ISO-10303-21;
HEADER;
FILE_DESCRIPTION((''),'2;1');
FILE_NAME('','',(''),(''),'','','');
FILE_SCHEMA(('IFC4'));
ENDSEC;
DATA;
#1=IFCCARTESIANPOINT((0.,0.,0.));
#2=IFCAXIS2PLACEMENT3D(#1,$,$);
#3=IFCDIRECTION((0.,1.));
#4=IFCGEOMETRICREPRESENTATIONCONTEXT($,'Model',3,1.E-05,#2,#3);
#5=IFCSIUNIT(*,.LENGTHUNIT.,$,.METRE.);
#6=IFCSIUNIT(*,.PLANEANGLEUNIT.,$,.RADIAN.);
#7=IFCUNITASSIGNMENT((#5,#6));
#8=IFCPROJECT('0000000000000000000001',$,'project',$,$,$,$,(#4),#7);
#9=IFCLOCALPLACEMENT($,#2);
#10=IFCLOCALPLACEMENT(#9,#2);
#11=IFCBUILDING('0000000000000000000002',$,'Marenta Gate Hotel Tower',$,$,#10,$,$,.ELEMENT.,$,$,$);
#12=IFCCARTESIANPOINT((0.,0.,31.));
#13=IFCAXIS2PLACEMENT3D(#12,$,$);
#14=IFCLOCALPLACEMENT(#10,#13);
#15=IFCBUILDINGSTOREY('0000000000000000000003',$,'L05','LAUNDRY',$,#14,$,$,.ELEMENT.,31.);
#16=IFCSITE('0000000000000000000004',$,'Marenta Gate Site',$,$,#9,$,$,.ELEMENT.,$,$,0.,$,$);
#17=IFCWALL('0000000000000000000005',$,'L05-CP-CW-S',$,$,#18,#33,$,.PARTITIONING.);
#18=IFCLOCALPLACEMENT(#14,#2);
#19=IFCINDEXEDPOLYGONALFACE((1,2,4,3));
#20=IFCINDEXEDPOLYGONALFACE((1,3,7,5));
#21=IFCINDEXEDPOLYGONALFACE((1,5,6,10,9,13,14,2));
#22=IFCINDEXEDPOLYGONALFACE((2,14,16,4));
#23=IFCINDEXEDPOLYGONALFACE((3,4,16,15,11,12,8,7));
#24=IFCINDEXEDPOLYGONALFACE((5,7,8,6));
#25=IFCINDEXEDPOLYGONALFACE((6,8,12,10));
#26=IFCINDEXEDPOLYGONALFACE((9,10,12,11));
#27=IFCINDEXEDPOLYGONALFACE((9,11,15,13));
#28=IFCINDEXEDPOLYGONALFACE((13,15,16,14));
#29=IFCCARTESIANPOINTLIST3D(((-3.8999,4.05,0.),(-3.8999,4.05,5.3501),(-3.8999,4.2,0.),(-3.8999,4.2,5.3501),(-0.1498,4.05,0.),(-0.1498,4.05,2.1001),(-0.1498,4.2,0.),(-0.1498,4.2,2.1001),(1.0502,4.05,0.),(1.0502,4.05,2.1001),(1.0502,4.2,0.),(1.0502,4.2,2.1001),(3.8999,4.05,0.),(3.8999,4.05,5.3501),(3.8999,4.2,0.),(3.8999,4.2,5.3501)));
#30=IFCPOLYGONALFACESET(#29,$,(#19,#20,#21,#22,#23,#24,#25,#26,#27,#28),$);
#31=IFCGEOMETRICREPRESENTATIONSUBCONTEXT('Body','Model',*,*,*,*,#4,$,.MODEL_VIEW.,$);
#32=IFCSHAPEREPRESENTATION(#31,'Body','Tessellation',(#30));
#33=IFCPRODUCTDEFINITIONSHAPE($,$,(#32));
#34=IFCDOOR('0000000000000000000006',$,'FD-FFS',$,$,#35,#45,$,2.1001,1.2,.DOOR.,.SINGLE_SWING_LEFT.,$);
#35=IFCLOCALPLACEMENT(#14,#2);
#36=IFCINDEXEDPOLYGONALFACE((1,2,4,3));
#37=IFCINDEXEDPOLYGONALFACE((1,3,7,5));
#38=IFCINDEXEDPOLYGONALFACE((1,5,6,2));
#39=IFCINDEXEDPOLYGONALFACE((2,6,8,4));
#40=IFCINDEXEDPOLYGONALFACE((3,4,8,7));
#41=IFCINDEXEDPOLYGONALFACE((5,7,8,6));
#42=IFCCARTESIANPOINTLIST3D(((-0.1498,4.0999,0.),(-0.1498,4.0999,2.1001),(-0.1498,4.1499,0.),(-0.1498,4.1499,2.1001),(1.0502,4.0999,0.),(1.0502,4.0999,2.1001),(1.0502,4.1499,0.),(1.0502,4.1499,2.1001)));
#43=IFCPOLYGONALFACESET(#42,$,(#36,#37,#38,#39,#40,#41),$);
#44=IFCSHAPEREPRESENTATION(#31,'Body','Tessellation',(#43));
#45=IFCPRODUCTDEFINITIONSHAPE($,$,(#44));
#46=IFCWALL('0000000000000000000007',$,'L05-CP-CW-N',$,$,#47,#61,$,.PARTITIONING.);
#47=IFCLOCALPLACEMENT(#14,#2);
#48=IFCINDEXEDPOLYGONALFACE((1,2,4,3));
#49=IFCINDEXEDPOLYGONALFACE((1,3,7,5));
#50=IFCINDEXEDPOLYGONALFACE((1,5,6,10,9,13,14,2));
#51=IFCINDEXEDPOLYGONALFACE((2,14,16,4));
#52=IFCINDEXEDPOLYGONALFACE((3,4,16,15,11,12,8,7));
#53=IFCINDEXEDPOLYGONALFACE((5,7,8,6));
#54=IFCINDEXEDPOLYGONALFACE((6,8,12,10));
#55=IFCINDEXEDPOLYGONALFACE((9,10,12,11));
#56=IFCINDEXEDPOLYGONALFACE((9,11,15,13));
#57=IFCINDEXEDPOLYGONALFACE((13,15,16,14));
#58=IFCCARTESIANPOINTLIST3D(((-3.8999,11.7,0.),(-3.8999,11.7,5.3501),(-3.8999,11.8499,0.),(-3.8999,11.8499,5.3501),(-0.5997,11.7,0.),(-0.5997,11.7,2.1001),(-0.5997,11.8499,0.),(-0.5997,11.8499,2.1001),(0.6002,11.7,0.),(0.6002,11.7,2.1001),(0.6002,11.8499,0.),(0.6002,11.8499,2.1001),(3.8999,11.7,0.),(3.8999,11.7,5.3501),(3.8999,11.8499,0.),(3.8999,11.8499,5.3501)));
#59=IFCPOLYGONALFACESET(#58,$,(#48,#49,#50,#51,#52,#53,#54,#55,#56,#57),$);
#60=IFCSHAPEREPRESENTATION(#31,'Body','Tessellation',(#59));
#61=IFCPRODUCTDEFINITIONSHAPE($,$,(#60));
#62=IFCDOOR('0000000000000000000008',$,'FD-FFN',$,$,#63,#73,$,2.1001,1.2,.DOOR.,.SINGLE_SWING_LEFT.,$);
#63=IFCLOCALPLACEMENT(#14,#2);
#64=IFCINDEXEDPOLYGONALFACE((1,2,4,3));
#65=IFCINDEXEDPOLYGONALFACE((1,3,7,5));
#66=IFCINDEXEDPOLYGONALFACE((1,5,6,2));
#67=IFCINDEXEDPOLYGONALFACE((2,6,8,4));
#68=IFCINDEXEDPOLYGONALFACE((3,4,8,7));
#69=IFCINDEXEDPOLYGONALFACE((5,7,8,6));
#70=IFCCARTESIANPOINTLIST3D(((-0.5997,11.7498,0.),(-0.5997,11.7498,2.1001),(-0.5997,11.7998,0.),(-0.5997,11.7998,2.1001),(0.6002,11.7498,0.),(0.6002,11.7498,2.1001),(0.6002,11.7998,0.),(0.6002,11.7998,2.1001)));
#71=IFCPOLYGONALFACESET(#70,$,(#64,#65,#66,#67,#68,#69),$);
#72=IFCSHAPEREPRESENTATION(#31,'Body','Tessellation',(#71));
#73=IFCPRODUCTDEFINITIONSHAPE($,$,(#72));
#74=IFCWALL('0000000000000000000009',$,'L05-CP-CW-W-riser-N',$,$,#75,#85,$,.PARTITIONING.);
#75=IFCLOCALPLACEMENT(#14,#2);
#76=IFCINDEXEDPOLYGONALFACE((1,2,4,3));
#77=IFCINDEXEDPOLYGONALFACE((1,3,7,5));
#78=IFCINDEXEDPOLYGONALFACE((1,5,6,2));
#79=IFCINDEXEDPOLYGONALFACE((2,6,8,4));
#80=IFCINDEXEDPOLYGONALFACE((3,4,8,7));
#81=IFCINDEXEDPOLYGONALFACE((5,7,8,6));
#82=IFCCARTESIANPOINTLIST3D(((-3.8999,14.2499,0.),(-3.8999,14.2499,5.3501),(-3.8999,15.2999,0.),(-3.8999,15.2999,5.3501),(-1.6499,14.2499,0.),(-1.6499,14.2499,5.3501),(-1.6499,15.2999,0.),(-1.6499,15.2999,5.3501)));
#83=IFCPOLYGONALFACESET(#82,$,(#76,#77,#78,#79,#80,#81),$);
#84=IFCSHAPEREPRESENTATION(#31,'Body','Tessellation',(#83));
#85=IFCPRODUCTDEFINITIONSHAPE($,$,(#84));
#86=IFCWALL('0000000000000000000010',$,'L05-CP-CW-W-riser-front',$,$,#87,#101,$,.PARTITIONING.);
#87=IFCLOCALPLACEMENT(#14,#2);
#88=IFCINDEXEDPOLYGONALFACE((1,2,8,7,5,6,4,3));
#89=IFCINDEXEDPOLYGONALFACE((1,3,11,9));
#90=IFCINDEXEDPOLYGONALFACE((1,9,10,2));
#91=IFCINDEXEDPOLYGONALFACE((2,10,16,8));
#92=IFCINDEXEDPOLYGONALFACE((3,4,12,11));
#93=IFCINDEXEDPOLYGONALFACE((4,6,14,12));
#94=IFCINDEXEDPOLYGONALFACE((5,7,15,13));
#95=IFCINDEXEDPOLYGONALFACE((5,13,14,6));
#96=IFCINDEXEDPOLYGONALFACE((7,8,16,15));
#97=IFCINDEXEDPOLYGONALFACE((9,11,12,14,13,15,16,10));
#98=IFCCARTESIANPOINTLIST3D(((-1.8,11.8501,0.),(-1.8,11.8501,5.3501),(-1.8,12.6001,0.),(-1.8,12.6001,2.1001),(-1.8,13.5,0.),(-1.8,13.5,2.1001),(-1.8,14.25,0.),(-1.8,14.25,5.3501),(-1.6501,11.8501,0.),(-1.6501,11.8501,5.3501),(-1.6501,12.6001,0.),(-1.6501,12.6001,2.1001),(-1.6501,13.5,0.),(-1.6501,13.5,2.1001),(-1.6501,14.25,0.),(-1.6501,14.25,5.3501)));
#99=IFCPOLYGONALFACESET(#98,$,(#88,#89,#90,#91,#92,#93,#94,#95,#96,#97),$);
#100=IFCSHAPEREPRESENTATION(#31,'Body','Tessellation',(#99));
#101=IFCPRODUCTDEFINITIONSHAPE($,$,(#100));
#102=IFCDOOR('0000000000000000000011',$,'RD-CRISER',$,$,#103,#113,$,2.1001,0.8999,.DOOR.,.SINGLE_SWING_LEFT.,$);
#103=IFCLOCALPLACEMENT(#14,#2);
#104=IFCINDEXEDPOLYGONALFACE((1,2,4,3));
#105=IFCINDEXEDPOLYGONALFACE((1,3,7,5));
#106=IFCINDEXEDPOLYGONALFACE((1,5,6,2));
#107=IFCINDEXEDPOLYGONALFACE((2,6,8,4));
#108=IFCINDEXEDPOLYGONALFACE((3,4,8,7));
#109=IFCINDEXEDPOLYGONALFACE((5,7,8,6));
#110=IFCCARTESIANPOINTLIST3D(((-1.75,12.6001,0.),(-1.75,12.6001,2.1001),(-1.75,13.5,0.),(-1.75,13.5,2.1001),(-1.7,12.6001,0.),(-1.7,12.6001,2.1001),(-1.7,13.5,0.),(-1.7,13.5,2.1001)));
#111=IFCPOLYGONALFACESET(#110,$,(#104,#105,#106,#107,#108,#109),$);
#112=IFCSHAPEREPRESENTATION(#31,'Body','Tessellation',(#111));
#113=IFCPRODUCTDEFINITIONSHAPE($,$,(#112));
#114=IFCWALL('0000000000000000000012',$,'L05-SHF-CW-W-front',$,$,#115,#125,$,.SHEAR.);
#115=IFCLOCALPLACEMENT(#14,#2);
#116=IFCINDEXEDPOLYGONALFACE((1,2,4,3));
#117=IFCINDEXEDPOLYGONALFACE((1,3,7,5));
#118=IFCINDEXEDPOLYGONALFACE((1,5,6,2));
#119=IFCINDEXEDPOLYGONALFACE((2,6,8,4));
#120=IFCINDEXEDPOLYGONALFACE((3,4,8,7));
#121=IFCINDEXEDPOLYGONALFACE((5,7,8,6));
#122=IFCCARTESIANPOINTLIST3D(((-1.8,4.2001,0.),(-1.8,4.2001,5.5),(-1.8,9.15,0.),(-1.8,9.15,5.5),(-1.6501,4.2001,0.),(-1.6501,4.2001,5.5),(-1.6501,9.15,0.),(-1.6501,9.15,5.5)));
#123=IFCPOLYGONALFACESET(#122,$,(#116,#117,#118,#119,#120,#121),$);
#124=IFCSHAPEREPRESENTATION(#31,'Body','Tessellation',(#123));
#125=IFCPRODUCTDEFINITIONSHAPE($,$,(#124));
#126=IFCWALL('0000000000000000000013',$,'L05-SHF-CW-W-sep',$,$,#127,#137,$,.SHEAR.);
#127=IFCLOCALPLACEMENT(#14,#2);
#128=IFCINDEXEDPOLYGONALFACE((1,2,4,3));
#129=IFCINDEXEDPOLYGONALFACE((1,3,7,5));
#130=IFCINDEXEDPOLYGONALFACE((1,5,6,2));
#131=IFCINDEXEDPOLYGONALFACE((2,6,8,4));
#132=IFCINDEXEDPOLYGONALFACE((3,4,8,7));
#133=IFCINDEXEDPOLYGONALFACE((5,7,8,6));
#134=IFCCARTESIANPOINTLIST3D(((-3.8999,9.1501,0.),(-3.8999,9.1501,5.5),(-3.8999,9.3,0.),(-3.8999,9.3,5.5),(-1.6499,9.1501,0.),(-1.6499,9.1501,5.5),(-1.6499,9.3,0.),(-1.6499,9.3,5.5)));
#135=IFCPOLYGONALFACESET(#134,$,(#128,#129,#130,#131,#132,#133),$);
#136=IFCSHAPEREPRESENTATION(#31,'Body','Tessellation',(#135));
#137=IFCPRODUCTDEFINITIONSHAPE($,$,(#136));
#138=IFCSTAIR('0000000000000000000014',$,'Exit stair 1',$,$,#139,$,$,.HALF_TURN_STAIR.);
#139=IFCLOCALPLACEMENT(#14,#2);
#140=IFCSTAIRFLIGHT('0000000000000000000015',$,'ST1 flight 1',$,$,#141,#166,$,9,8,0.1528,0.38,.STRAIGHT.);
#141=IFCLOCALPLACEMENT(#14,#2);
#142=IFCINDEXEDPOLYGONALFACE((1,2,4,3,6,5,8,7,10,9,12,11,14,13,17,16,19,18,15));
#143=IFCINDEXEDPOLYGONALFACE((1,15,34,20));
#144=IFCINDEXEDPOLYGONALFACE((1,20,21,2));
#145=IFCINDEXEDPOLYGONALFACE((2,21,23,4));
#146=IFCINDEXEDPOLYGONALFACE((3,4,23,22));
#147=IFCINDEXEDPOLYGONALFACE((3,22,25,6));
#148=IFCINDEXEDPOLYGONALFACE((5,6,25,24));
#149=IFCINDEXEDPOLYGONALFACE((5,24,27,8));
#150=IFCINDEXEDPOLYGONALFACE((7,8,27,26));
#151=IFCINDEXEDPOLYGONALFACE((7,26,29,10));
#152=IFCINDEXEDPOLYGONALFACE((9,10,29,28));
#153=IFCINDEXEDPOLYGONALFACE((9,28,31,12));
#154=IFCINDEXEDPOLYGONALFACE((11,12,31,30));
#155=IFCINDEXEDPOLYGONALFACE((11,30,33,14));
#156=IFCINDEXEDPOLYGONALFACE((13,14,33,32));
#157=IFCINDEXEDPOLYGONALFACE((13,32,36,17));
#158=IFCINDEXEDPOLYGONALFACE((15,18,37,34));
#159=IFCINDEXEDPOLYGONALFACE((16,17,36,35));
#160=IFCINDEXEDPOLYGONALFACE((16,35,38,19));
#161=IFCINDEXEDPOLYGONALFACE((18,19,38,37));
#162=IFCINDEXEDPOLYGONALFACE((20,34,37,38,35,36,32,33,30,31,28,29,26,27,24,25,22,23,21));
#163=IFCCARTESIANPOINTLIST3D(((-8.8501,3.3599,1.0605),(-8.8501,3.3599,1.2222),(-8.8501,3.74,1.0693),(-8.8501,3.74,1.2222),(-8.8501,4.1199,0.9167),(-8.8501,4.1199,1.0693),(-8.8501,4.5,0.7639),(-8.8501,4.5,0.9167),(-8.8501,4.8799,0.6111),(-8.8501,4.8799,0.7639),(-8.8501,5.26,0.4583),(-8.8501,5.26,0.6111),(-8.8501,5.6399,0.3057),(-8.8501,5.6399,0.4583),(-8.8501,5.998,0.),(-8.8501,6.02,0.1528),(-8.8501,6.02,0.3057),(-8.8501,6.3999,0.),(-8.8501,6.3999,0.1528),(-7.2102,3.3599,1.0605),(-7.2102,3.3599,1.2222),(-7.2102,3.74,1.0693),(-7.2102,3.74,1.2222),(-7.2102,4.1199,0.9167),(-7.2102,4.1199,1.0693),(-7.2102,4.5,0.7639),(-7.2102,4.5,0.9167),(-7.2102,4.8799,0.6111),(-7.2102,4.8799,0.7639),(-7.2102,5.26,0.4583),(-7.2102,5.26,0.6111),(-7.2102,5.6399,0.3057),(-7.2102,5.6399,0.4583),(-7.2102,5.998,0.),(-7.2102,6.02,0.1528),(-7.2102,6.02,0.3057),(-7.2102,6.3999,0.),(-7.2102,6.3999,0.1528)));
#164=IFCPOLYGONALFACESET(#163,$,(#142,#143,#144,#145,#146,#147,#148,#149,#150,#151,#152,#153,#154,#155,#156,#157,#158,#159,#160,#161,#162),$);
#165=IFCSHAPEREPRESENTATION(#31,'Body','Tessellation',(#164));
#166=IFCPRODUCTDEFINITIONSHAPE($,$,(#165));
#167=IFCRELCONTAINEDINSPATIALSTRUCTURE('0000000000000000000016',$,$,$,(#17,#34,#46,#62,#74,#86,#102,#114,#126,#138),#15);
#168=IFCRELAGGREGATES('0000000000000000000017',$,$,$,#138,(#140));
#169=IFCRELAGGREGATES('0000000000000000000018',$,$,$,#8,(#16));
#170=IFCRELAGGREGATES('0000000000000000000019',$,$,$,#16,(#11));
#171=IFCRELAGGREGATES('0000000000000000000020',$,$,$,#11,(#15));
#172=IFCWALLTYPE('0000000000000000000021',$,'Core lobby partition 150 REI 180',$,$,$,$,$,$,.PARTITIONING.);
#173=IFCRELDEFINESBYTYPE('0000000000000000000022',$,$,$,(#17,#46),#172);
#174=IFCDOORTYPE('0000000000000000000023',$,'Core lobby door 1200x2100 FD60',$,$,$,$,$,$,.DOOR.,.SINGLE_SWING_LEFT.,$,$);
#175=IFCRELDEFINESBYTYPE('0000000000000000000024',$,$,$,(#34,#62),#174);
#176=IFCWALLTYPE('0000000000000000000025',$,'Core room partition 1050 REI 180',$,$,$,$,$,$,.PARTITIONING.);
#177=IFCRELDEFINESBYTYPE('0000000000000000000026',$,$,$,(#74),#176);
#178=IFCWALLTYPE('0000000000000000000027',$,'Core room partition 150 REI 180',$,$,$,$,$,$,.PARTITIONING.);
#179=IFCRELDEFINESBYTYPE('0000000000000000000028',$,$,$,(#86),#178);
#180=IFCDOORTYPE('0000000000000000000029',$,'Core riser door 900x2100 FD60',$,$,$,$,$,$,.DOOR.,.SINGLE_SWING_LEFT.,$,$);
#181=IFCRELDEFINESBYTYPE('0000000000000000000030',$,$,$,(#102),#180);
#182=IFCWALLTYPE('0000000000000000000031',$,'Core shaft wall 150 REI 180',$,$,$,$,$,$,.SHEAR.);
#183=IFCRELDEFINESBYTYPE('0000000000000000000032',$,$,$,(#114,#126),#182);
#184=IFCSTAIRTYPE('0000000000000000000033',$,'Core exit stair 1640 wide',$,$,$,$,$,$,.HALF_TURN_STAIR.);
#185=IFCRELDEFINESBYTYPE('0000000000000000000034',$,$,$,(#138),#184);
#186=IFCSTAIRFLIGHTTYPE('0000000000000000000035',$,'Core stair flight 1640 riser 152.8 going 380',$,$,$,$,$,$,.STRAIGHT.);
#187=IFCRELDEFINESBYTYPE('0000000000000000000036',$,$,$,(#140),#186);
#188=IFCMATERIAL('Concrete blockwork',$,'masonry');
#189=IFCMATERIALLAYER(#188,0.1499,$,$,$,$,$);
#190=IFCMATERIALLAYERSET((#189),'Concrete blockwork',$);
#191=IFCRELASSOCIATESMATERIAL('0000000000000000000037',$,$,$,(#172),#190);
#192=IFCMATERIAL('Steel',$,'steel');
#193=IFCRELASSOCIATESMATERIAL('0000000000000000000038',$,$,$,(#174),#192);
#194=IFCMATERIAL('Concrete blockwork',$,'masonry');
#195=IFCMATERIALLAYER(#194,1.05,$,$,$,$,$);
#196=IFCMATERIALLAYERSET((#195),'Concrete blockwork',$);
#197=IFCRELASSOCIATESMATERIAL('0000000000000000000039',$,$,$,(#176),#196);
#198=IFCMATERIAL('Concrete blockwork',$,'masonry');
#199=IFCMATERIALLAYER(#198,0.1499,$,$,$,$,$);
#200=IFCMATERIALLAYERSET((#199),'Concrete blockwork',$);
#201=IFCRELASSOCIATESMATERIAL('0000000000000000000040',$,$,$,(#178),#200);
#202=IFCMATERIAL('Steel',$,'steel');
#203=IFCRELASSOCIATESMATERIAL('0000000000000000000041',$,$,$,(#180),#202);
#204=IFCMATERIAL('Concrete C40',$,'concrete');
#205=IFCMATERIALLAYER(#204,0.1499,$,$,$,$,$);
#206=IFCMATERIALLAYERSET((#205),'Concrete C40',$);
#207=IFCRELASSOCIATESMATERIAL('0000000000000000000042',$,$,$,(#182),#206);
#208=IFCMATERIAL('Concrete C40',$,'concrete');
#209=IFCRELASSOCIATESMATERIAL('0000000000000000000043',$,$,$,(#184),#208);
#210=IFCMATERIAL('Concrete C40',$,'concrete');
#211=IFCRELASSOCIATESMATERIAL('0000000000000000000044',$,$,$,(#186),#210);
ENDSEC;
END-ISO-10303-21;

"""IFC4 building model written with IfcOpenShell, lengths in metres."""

from ifc_helpers import new_model, si_unit, direction, frame, frame_2d, origin, place, context, subcontext, project, spatial, polyline, rectangle, outline, extrude, material, layer, layer_set, type_object, element, fill, aggregate, save


model = new_model("IFC4")

# Units and contexts
model_context = context("Model", 3, precision=1e-05, world=origin(), true_north=direction((0.0, 1.0)))
body_context = subcontext(model_context, "Body", "Model", "MODEL_VIEW")
ifc_project = project(units=[si_unit("LENGTHUNIT", "METRE"), si_unit("PLANEANGLEUNIT", "RADIAN")], contexts=[model_context])

# Site, building, storey
site_placement = place(None, origin())
site = spatial("IfcSite", under=ifc_project, at=site_placement, Name="Marenta Gate Site", CompositionType="ELEMENT", RefElevation=0.0)
building_placement = place(site_placement, origin())
building = spatial("IfcBuilding", under=site, at=building_placement, Name="Marenta Gate Hotel Tower", CompositionType="ELEMENT")
storey_placement = place(building_placement, frame((0.0, 0.0, 31.0)))
storey = spatial("IfcBuildingStorey", under=building, at=storey_placement, Name="L05", Description="LAUNDRY", CompositionType="ELEMENT", Elevation=31.0)

# Walls, openings, doors
ifc_material_1 = material(Name="Concrete blockwork", Category="masonry")
ifc_layer_1 = layer(ifc_material_1, 0.1499)
ifc_layer_set_1 = layer_set([ifc_layer_1], Name="Concrete blockwork")
wall_type_1 = type_object("IfcWallType", Name="Core lobby partition 150 REI 180", PredefinedType="PARTITIONING", material=ifc_layer_set_1)
wall_1_placement = place(storey_placement, frame((-3.8999, 4.125, 0.0), z_axis=(0.0, 0.0, 1.0), x_axis=(1.0, 0.0, 0.0)))
wall_1 = element("IfcWall", 1, at=wall_1_placement, inside=storey, type_object=wall_type_1, Name="L05-CP-CW-S", PredefinedType="PARTITIONING", context=body_context, shape_type="SweptSolid", body=[
    extrude(rectangle(XDim=7.7998, YDim=0.1499, at=frame_2d((3.8999, 0.0))), origin(), (0.0, 0.0, 1.0), 5.3501),
])
opening_1_placement = place(wall_1_placement, frame((3.75, 0.0, 0.0)))
opening_1 = element("IfcOpeningElement", 2, at=opening_1_placement, cuts=wall_1, PredefinedType="OPENING", context=body_context, shape_type="SweptSolid", body=[
    extrude(rectangle(XDim=1.2, YDim=2.1001, at=frame_2d((0.6001, 1.05))), frame((0.0, 0.075, 0.0), z_axis=(0.0, -1.0, 0.0), x_axis=(1.0, 0.0, 0.0)), (0.0, 0.0, 1.0), 0.1499),
])
ifc_material_2 = material(Name="Steel", Category="steel")
door_type_1 = type_object("IfcDoorType", Name="Core lobby door 1200x2100 FD60", OperationType="SINGLE_SWING_LEFT", PredefinedType="DOOR", material=ifc_material_2)
door_1_placement = place(opening_1_placement, origin())
door_1 = element("IfcDoor", 3, at=door_1_placement, inside=storey, type_object=door_type_1, Name="FD-FFS", OperationType="SINGLE_SWING_LEFT", OverallHeight=2.1001, OverallWidth=1.2, PredefinedType="DOOR", context=body_context, shape_type="SweptSolid", body=[
    extrude(rectangle(XDim=1.2, YDim=2.1001, at=frame_2d((0.6001, 1.05))), frame((0.0, 0.0249, 0.0), z_axis=(0.0, -1.0, 0.0), x_axis=(1.0, 0.0, 0.0)), (0.0, 0.0, 1.0), 0.05),
])
fill(opening_1, door_1)
wall_2_placement = place(storey_placement, frame((-3.8999, 11.7749, 0.0), z_axis=(0.0, 0.0, 1.0), x_axis=(1.0, 0.0, 0.0)))
wall_2 = element("IfcWall", 4, at=wall_2_placement, inside=storey, type_object=wall_type_1, Name="L05-CP-CW-N", PredefinedType="PARTITIONING", context=body_context, shape_type="SweptSolid", body=[
    extrude(rectangle(XDim=7.7998, YDim=0.1499, at=frame_2d((3.8999, 0.0))), origin(), (0.0, 0.0, 1.0), 5.3501),
])
opening_2_placement = place(wall_2_placement, frame((3.3, 0.0, 0.0)))
opening_2 = element("IfcOpeningElement", 5, at=opening_2_placement, cuts=wall_2, PredefinedType="OPENING", context=body_context, shape_type="SweptSolid", body=[
    extrude(rectangle(XDim=1.2, YDim=2.1001, at=frame_2d((0.6001, 1.05))), frame((0.0, 0.075, 0.0), z_axis=(0.0, -1.0, 0.0), x_axis=(1.0, 0.0, 0.0)), (0.0, 0.0, 1.0), 0.1499),
])
door_2_placement = place(opening_2_placement, origin())
door_2 = element("IfcDoor", 6, at=door_2_placement, inside=storey, type_object=door_type_1, Name="FD-FFN", OperationType="SINGLE_SWING_LEFT", OverallHeight=2.1001, OverallWidth=1.2, PredefinedType="DOOR", context=body_context, shape_type="SweptSolid", body=[
    extrude(rectangle(XDim=1.2, YDim=2.1001, at=frame_2d((0.6001, 1.05))), frame((0.0, 0.0249, 0.0), z_axis=(0.0, -1.0, 0.0), x_axis=(1.0, 0.0, 0.0)), (0.0, 0.0, 1.0), 0.05),
])
fill(opening_2, door_2)

# Wall
ifc_material_3 = material(Name="Concrete blockwork", Category="masonry")
ifc_layer_2 = layer(ifc_material_3, 1.05)
ifc_layer_set_2 = layer_set([ifc_layer_2], Name="Concrete blockwork")
wall_type_2 = type_object("IfcWallType", Name="Core room partition 1050 REI 180", PredefinedType="PARTITIONING", material=ifc_layer_set_2)
wall_3_placement = place(storey_placement, frame((-3.8999, 14.7749, 0.0), z_axis=(0.0, 0.0, 1.0), x_axis=(1.0, 0.0, 0.0)))
element("IfcWall", 7, at=wall_3_placement, inside=storey, type_object=wall_type_2, Name="L05-CP-CW-W-riser-N", PredefinedType="PARTITIONING", context=body_context, shape_type="SweptSolid", body=[
    extrude(rectangle(XDim=2.25, YDim=1.05, at=frame_2d((1.125, 0.0))), origin(), (0.0, 0.0, 1.0), 5.3501),
])

# Wall, opening, door
ifc_material_4 = material(Name="Concrete blockwork", Category="masonry")
ifc_layer_3 = layer(ifc_material_4, 0.1499)
ifc_layer_set_3 = layer_set([ifc_layer_3], Name="Concrete blockwork")
wall_type_3 = type_object("IfcWallType", Name="Core room partition 150 REI 180", PredefinedType="PARTITIONING", material=ifc_layer_set_3)
wall_4_placement = place(storey_placement, frame((-1.7251, 11.8501, 0.0), z_axis=(0.0, 0.0, 1.0), x_axis=(0.0, 1.0, 0.0)))
wall_4 = element("IfcWall", 8, at=wall_4_placement, inside=storey, type_object=wall_type_3, Name="L05-CP-CW-W-riser-front", PredefinedType="PARTITIONING", context=body_context, shape_type="SweptSolid", body=[
    extrude(rectangle(XDim=2.3999, YDim=0.1499, at=frame_2d((1.2, 0.0))), origin(), (0.0, 0.0, 1.0), 5.3501),
])
opening_3_placement = place(wall_4_placement, frame((0.75, 0.0, 0.0)))
opening_3 = element("IfcOpeningElement", 9, at=opening_3_placement, cuts=wall_4, PredefinedType="OPENING", context=body_context, shape_type="SweptSolid", body=[
    extrude(rectangle(XDim=0.8999, YDim=2.1001, at=frame_2d((0.45, 1.05))), frame((0.0, 0.075, 0.0), z_axis=(0.0, -1.0, 0.0), x_axis=(1.0, 0.0, 0.0)), (0.0, 0.0, 1.0), 0.1499),
])
ifc_material_5 = material(Name="Steel", Category="steel")
door_type_2 = type_object("IfcDoorType", Name="Core riser door 900x2100 FD60", OperationType="SINGLE_SWING_LEFT", PredefinedType="DOOR", material=ifc_material_5)
door_3_placement = place(opening_3_placement, origin())
door_3 = element("IfcDoor", 10, at=door_3_placement, inside=storey, type_object=door_type_2, Name="RD-CRISER", OperationType="SINGLE_SWING_LEFT", OverallHeight=2.1001, OverallWidth=0.8999, PredefinedType="DOOR", context=body_context, shape_type="SweptSolid", body=[
    extrude(rectangle(XDim=0.8999, YDim=2.1001, at=frame_2d((0.45, 1.05))), frame((0.0, 0.0249, 0.0), z_axis=(0.0, -1.0, 0.0), x_axis=(1.0, 0.0, 0.0)), (0.0, 0.0, 1.0), 0.05),
])
fill(opening_3, door_3)

# Walls
ifc_material_6 = material(Name="Concrete C40", Category="concrete")
ifc_layer_4 = layer(ifc_material_6, 0.1499)
ifc_layer_set_4 = layer_set([ifc_layer_4], Name="Concrete C40")
wall_type_4 = type_object("IfcWallType", Name="Core shaft wall 150 REI 180", PredefinedType="SHEAR", material=ifc_layer_set_4)
wall_5_placement = place(storey_placement, frame((-1.7251, 4.2, 0.0), z_axis=(0.0, 0.0, 1.0), x_axis=(0.0, 1.0, 0.0)))
element("IfcWall", 11, at=wall_5_placement, inside=storey, type_object=wall_type_4, Name="L05-SHF-CW-W-front", PredefinedType="SHEAR", context=body_context, shape_type="SweptSolid", body=[
    extrude(rectangle(XDim=4.95, YDim=0.1499, at=frame_2d((2.4751, 0.0))), origin(), (0.0, 0.0, 1.0), 5.5),
])
wall_6_placement = place(storey_placement, frame((-3.8999, 9.2251, 0.0), z_axis=(0.0, 0.0, 1.0), x_axis=(1.0, 0.0, 0.0)))
element("IfcWall", 12, at=wall_6_placement, inside=storey, type_object=wall_type_4, Name="L05-SHF-CW-W-sep", PredefinedType="SHEAR", context=body_context, shape_type="SweptSolid", body=[
    extrude(rectangle(XDim=2.25, YDim=0.1499, at=frame_2d((1.125, 0.0))), origin(), (0.0, 0.0, 1.0), 5.5),
])

# Stair, stair flight
ifc_material_7 = material(Name="Concrete C40", Category="concrete")
stair_type = type_object("IfcStairType", Name="Core exit stair 1640 wide", PredefinedType="HALF_TURN_STAIR", material=ifc_material_7)
stair_1_placement = place(storey_placement, origin())
stair_1 = element("IfcStair", 13, at=stair_1_placement, inside=storey, type_object=stair_type, Name="Exit stair 1", PredefinedType="HALF_TURN_STAIR")
ifc_material_8 = material(Name="Concrete C40", Category="concrete")
stair_flight_type = type_object("IfcStairFlightType", Name="Core stair flight 1640 riser 152.8 going 380", PredefinedType="STRAIGHT", material=ifc_material_8)
stair_flight_1_placement = place(storey_placement, frame((-8.03, 6.3999, 0.0), z_axis=(0.0, 0.0, 1.0), x_axis=(0.0, -1.0, 0.0)))
stair_flight_1 = element("IfcStairFlight", 14, at=stair_flight_1_placement, type_object=stair_flight_type, Name="ST1 flight 1", NumberOfRisers=9, NumberOfTreads=8, PredefinedType="STRAIGHT", RiserHeight=0.1528, TreadLength=0.38, context=body_context, shape_type="SweptSolid", body=[
    extrude(outline(polyline([(0.0, 0.0), (0.0, 0.1528), (0.3799, 0.1528), (0.3799, 0.3057), (0.76, 0.3057), (0.76, 0.4583), (1.1399, 0.4583), (1.1399, 0.6111), (1.52, 0.6111), (1.52, 0.7639), (1.8999, 0.7639), (1.8999, 0.9167), (2.28, 0.9167), (2.28, 1.0693), (2.6599, 1.0693), (2.6599, 1.2222), (3.04, 1.2222), (3.04, 1.375), (3.04, 1.0605), (0.4019, 0.0), (0.0, 0.0)])), frame((0.0, 0.8198, 0.0), z_axis=(0.0, -1.0, 0.0), x_axis=(1.0, 0.0, 0.0)), (0.0, 0.0, 1.0), 1.6399),
])
aggregate(stair_1, [stair_flight_1])

save(model, "model.ifc")
